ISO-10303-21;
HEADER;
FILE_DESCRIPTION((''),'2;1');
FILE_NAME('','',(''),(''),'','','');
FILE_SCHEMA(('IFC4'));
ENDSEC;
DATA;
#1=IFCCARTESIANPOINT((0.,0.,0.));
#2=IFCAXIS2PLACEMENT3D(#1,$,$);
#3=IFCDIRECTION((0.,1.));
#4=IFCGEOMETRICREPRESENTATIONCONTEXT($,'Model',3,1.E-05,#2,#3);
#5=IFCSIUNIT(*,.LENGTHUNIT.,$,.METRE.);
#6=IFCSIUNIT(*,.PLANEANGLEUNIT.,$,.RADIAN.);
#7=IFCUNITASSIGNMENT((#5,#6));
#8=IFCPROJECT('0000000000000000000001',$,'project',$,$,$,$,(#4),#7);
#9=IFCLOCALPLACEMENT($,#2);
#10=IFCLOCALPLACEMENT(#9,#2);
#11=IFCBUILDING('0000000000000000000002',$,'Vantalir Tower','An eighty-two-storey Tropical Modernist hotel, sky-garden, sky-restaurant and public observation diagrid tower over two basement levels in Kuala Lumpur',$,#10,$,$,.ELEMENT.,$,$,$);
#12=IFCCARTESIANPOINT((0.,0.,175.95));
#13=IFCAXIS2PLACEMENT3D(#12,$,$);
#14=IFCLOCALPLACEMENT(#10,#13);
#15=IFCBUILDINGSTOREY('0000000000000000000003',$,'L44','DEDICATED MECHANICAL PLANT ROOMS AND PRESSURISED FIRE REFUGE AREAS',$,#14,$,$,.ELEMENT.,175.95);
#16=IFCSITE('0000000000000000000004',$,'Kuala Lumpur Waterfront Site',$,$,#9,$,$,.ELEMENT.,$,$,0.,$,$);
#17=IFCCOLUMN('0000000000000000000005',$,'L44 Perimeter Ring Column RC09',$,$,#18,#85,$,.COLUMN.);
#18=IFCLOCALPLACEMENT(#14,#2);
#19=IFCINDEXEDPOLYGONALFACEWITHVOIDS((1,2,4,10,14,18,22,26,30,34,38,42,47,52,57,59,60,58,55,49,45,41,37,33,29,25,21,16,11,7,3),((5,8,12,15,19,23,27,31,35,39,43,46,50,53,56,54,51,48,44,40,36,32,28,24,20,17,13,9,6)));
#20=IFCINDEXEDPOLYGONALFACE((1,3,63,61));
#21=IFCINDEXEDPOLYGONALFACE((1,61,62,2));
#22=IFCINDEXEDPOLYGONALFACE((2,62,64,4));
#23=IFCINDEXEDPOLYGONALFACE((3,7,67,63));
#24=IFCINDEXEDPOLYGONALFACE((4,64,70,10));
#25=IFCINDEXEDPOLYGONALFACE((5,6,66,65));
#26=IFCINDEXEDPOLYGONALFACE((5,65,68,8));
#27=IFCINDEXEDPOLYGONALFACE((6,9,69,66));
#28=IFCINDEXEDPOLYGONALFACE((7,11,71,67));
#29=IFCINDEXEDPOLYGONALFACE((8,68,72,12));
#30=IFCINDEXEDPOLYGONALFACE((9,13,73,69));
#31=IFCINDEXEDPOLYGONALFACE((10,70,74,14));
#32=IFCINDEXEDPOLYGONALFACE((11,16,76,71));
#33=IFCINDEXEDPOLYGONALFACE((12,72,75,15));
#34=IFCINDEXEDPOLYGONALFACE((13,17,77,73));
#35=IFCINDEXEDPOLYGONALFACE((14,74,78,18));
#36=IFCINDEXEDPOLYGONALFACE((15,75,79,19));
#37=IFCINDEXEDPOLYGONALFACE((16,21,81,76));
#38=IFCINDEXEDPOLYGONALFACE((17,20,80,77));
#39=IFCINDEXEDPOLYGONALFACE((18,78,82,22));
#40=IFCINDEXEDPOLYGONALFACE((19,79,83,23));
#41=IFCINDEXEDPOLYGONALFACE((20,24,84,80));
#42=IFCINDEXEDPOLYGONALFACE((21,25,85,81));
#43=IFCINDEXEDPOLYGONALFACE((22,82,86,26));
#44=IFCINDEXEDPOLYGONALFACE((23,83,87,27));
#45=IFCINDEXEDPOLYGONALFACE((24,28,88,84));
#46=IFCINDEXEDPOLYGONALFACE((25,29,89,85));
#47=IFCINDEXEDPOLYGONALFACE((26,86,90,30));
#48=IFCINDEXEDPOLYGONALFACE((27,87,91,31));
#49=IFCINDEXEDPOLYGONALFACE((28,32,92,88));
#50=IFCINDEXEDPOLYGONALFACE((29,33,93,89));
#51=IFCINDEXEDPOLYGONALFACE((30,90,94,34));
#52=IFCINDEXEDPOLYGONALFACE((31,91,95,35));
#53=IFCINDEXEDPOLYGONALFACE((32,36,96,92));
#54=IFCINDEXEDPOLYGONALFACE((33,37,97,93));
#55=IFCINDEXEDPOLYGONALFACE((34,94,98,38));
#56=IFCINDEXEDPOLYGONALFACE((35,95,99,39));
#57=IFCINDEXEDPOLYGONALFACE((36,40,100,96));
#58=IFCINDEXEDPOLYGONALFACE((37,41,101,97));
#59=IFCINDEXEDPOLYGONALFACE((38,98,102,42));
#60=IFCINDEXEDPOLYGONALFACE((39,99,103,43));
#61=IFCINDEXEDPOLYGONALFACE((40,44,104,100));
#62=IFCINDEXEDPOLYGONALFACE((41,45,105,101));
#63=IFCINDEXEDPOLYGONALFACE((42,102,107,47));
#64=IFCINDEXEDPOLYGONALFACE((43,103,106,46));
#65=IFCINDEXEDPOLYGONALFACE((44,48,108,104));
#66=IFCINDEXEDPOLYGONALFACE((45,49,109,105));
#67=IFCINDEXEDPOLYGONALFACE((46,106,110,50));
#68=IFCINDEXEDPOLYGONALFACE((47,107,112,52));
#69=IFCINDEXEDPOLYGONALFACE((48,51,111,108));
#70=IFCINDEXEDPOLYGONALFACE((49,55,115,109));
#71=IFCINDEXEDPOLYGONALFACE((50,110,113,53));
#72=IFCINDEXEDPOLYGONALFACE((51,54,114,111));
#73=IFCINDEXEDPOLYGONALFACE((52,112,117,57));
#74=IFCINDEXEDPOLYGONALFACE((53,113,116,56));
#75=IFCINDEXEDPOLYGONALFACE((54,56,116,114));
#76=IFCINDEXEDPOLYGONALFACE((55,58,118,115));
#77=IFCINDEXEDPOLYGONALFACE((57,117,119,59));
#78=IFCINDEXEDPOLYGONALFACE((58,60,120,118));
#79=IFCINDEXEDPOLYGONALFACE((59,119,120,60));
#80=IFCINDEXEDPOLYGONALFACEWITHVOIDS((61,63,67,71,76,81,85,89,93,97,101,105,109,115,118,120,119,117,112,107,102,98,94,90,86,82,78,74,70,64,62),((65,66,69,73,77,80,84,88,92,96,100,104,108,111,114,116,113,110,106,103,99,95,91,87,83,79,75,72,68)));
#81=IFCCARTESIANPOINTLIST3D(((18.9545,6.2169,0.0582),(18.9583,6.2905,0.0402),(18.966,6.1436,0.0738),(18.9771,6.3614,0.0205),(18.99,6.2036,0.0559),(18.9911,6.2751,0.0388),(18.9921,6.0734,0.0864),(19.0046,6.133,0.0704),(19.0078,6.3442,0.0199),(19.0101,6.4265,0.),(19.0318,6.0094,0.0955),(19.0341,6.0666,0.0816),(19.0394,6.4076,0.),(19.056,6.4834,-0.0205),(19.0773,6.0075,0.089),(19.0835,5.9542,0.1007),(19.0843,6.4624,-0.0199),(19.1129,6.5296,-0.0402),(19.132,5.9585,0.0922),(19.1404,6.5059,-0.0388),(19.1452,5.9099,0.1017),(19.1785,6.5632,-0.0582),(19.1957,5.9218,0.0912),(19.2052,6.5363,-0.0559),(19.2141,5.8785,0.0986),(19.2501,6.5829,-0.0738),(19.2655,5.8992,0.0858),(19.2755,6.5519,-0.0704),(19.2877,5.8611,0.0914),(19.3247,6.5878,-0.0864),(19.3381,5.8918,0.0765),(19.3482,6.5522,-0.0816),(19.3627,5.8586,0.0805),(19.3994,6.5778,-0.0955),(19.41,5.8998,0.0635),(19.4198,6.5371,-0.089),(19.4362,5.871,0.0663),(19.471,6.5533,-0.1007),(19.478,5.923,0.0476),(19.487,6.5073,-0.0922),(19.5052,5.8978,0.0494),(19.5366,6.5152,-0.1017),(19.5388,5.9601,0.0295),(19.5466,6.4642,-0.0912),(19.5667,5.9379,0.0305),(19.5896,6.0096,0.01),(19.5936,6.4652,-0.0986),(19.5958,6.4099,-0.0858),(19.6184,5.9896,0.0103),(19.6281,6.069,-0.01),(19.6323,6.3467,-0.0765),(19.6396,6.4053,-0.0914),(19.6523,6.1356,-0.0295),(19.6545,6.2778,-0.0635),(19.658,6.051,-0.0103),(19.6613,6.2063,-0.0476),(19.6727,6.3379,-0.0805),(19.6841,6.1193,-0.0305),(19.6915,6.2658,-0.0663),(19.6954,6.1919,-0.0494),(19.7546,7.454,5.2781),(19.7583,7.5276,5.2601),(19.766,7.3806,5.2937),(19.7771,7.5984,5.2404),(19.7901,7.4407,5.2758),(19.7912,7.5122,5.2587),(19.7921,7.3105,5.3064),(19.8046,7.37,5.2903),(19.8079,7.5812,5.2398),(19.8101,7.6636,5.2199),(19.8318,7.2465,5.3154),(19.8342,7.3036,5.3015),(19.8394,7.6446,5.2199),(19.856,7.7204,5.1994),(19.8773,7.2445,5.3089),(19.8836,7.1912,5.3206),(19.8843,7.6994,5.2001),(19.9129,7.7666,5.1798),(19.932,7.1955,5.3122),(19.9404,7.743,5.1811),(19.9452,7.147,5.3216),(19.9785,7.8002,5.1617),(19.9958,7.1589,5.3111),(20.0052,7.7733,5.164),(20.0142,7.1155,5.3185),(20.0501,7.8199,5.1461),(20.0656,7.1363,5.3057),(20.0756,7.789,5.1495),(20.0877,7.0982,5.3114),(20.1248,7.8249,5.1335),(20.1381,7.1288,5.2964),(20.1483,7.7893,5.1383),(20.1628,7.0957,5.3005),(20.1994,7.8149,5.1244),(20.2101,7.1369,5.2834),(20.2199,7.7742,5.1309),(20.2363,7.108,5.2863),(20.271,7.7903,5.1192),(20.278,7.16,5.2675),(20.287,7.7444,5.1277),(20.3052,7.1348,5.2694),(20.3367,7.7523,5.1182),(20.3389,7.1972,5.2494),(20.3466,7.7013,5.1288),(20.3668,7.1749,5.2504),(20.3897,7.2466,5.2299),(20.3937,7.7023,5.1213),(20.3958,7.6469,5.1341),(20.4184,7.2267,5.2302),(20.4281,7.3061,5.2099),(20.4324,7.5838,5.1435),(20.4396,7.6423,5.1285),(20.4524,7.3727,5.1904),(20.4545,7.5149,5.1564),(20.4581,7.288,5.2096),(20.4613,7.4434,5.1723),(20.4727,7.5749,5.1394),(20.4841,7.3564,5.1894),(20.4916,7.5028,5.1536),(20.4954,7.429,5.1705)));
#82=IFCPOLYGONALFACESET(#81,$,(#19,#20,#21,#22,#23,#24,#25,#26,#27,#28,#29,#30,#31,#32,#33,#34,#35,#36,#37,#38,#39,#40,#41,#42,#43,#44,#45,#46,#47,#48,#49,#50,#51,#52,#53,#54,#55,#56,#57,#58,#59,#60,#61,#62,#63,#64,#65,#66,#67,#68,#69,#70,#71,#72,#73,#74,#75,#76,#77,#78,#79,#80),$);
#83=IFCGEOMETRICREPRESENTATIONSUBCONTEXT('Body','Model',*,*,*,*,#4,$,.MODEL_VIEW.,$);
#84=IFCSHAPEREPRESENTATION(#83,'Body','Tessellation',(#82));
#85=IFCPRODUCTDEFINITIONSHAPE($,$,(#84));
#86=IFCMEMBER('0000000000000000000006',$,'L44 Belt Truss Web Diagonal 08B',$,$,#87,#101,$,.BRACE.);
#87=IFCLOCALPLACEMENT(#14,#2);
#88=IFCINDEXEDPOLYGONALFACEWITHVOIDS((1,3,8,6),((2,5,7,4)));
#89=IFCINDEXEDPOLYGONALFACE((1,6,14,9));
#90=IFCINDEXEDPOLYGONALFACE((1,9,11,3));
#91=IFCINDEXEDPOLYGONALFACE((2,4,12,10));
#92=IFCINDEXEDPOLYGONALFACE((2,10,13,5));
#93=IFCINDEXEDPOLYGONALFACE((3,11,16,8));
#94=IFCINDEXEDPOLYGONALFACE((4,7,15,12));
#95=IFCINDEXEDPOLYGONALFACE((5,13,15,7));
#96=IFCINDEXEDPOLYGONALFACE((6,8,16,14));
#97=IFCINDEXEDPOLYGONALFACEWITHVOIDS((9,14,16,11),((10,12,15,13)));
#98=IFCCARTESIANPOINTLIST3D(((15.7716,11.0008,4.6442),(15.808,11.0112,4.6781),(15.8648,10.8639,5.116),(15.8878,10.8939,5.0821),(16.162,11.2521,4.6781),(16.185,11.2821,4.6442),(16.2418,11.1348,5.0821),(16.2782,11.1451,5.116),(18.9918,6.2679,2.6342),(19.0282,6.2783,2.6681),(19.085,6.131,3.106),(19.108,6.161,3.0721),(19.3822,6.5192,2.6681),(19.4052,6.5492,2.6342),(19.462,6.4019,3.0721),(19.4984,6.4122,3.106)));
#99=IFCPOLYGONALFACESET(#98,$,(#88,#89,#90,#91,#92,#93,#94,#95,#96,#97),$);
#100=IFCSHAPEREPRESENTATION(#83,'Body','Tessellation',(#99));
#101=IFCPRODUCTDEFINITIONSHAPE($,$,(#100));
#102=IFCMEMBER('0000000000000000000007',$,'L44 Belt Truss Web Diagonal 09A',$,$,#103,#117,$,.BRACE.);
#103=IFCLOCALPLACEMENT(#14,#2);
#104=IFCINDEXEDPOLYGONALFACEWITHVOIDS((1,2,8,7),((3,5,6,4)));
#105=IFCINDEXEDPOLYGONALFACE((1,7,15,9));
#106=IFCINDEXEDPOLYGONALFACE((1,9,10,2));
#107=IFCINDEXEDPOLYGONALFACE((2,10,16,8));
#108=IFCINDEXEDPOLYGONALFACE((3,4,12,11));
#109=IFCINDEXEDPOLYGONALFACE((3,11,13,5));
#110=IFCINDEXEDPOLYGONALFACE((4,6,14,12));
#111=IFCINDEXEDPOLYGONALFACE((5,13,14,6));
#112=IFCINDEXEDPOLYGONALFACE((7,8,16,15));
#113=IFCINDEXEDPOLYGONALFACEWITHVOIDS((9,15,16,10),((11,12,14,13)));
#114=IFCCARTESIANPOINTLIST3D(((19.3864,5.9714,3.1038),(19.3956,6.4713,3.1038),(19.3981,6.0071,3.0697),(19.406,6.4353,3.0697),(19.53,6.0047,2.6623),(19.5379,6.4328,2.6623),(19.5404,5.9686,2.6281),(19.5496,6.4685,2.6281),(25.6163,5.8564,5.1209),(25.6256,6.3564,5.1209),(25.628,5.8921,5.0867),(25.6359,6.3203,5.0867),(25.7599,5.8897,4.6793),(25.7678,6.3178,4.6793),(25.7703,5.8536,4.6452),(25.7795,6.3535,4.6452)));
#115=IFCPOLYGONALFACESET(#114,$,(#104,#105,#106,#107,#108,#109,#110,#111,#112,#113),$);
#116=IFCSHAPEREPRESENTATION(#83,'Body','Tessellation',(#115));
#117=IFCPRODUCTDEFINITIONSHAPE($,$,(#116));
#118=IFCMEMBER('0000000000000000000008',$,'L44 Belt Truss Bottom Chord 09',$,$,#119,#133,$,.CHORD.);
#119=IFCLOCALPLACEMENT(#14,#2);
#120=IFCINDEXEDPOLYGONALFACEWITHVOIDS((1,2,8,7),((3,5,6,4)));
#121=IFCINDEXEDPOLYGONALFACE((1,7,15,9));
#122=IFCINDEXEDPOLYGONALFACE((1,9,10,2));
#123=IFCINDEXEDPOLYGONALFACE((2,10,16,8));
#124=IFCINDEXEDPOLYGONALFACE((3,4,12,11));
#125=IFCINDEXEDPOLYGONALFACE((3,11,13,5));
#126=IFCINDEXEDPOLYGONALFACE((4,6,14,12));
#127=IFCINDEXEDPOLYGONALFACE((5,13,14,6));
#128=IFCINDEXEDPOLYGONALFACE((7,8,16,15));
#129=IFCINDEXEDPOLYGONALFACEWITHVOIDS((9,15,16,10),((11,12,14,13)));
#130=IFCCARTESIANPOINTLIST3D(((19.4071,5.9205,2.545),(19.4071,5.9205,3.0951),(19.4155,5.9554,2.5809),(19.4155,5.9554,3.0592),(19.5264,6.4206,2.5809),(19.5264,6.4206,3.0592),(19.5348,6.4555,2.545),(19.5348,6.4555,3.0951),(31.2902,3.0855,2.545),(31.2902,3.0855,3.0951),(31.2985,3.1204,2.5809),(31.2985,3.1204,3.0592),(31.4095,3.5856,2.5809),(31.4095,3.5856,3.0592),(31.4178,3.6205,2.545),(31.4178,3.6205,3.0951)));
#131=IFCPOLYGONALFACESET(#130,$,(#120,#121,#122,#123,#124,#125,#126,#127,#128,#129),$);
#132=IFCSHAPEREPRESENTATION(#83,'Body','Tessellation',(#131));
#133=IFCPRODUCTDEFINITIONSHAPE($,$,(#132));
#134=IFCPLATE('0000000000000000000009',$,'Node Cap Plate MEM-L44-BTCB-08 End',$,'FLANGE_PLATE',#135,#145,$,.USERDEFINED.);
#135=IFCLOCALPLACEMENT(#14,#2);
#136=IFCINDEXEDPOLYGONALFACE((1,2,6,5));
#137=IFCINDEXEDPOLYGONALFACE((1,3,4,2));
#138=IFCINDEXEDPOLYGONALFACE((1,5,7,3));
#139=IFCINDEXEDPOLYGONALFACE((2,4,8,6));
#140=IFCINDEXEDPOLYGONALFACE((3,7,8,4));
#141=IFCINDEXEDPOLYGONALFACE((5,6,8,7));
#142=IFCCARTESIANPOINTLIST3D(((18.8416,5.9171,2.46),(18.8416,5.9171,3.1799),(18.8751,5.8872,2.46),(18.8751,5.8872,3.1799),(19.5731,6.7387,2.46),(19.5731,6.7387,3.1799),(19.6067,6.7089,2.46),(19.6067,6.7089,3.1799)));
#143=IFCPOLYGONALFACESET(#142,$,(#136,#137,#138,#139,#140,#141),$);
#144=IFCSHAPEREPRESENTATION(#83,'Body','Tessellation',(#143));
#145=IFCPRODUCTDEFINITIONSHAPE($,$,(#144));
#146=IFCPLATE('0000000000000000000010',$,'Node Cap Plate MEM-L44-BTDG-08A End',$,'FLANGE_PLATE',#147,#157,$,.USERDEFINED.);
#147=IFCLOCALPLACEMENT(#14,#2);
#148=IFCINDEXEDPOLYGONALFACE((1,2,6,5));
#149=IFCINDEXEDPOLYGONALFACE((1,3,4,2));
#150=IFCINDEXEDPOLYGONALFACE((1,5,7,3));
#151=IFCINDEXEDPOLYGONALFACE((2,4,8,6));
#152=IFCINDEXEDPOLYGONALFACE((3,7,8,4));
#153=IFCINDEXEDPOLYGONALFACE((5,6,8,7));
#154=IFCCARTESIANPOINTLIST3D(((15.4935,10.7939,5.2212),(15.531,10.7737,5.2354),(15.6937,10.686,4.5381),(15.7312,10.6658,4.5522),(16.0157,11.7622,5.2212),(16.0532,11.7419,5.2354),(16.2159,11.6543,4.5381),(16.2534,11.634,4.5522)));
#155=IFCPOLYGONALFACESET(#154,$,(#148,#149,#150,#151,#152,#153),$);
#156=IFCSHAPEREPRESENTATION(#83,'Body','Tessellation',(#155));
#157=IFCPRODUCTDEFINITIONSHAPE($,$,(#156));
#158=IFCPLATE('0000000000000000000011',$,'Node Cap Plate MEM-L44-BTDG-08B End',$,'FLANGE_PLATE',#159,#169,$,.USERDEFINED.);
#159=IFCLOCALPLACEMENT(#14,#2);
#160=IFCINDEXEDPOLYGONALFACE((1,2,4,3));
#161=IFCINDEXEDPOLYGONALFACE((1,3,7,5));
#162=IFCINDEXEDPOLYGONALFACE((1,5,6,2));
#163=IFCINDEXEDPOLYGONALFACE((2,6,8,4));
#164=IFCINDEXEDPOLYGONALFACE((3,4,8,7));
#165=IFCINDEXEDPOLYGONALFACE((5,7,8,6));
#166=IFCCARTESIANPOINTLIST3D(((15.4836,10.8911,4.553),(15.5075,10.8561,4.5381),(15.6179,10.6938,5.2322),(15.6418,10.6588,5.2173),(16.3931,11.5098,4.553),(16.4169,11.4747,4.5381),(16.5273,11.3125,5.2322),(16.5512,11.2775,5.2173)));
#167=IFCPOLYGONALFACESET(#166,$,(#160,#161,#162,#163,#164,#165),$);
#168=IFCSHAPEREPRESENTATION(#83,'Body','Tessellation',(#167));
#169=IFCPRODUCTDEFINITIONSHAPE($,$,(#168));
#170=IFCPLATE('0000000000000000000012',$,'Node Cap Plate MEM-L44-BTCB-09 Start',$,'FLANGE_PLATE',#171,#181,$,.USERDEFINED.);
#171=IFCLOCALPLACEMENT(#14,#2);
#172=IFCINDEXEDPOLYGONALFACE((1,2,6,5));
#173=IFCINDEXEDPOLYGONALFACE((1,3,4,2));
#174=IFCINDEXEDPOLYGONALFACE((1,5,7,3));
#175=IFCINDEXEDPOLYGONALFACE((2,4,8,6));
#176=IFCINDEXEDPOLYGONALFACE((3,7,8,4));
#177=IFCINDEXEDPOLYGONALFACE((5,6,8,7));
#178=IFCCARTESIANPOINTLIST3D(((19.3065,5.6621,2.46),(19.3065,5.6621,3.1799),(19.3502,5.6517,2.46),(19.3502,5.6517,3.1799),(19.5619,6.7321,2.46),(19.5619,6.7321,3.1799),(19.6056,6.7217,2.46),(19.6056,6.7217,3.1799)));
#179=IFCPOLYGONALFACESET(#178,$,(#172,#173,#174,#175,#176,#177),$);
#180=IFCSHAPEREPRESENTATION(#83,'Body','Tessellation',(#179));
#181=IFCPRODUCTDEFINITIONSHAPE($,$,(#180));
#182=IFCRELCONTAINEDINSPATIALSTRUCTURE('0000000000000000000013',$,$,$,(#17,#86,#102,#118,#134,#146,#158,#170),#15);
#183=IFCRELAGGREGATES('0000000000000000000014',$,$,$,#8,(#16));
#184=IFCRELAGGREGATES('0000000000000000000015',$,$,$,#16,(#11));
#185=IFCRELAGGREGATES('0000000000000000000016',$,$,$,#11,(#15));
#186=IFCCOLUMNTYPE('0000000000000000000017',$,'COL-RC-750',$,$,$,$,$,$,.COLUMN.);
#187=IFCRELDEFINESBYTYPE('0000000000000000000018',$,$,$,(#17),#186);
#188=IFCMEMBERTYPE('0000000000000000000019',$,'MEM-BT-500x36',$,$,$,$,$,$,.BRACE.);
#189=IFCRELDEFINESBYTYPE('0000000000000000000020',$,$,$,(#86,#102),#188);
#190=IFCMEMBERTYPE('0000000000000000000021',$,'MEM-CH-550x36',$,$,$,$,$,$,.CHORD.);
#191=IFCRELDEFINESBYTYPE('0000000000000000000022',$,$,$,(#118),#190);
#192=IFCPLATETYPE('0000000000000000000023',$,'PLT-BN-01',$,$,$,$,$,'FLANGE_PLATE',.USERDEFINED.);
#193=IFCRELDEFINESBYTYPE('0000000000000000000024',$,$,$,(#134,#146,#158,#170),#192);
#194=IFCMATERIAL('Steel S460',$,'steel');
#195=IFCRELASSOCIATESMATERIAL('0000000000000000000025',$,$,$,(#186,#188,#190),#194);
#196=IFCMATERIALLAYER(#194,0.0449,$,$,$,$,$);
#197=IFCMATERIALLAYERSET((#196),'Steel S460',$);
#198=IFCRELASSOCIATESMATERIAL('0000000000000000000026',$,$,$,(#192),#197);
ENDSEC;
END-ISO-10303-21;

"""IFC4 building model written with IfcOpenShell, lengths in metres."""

from ifc_helpers import new_model, si_unit, direction, frame, origin, origin_2d, place, context, subcontext, project, spatial, polyline, rectangle, hollow_rectangle, hollow_circle, outline, extrude, material, layer, layer_set, material_profile, profile_set, type_object, element, save


model = new_model("IFC4")

# Units and contexts
model_context = context("Model", 3, precision=1e-05, world=origin(), true_north=direction((0.0, 1.0)))
body_context = subcontext(model_context, "Body", "Model", "MODEL_VIEW")
ifc_project = project(units=[si_unit("LENGTHUNIT", "METRE"), si_unit("PLANEANGLEUNIT", "RADIAN")], contexts=[model_context])

# Site, building, storey
site_placement = place(None, origin())
site = spatial("IfcSite", under=ifc_project, at=site_placement, Name="Kuala Lumpur Waterfront Site", CompositionType="ELEMENT", RefElevation=0.0)
building_placement = place(site_placement, origin())
building = spatial("IfcBuilding", under=site, at=building_placement, Name="Vantalir Tower", Description="An eighty-two-storey Tropical Modernist hotel, sky-garden, sky-restaurant and public observation diagrid tower over two basement levels in Kuala Lumpur", CompositionType="ELEMENT")
storey_placement = place(building_placement, frame((0.0, 0.0, 175.95)))
storey = spatial("IfcBuildingStorey", under=building, at=storey_placement, Name="L44", Description="DEDICATED MECHANICAL PLANT ROOMS AND PRESSURISED FIRE REFUGE AREAS", CompositionType="ELEMENT", Elevation=175.95)

# Column
ifc_material_1 = material(Name="Steel S460", Category="steel")
ifc_material_profile_1 = material_profile(ifc_material_1, hollow_circle(Radius=0.375, WallThickness=0.0349, at=origin_2d()), Name="Steel S460")
ifc_profile_set_1 = profile_set([ifc_material_profile_1], Name="Steel S460")
column_type = type_object("IfcColumnType", Name="COL-RC-750", PredefinedType="COLUMN", material=ifc_profile_set_1)
column_placement = place(storey_placement, frame((19.325, 6.2229, 0.0), z_axis=(0.147505, 0.228077, 0.962405), x_axis=(-0.839695, 0.543059, 0.0)))
element("IfcColumn", 1, at=column_placement, inside=storey, type_object=column_type, Name="L44 Perimeter Ring Column RC09", PredefinedType="COLUMN", context=body_context, shape_type="SweptSolid", body=[
    extrude(hollow_circle(Radius=0.375, WallThickness=0.0349, at=origin_2d()), origin(), (0.0, 0.0, 1.0), 5.4238),
])

# Members
ifc_material_profile_2 = material_profile(ifc_material_1, hollow_rectangle(XDim=0.5, YDim=0.5, WallThickness=0.0359, at=origin_2d()), Name="Steel S460")
ifc_profile_set_2 = profile_set([ifc_material_profile_2], Name="Steel S460")
member_type_1 = type_object("IfcMemberType", Name="MEM-BT-500x36", PredefinedType="BRACE", material=ifc_profile_set_2)
member_1_placement = place(storey_placement, frame((19.2451, 6.3401, 2.8701), z_axis=(-0.530762, 0.780087, 0.331294), x_axis=(-0.826777, -0.562529, 0.0)))
element("IfcMember", 2, at=member_1_placement, inside=storey, type_object=member_type_1, Name="L44 Belt Truss Web Diagonal 08B", PredefinedType="BRACE", context=body_context, shape_type="SweptSolid", body=[
    extrude(hollow_rectangle(XDim=0.5, YDim=0.5, WallThickness=0.0359, at=origin_2d()), origin(), (0.0, 0.0, 1.0), 6.0671),
])
member_2_placement = place(storey_placement, frame((19.468, 6.22, 2.866), z_axis=(0.95123, -0.017557, 0.307981), x_axis=(0.018454, 0.99983, 0.0)))
element("IfcMember", 3, at=member_2_placement, inside=storey, type_object=member_type_1, Name="L44 Belt Truss Web Diagonal 09A", PredefinedType="BRACE", context=body_context, shape_type="SweptSolid", body=[
    extrude(hollow_rectangle(XDim=0.5, YDim=0.5, WallThickness=0.0359, at=origin_2d()), origin(), (0.0, 0.0, 1.0), 6.5493),
])
ifc_material_profile_3 = material_profile(ifc_material_1, hollow_rectangle(XDim=0.55, YDim=0.55, WallThickness=0.0359, at=origin_2d()), Name="Steel S460")
ifc_profile_set_3 = profile_set([ifc_material_profile_3], Name="Steel S460")
member_type_2 = type_object("IfcMemberType", Name="MEM-CH-550x36", PredefinedType="CHORD", material=ifc_profile_set_3)
member_3_placement = place(storey_placement, frame((19.4709, 6.188, 2.8201), z_axis=(0.972702, -0.232059, 0.0), x_axis=(0.232059, 0.972702, 0.0)))
element("IfcMember", 4, at=member_3_placement, inside=storey, type_object=member_type_2, Name="L44 Belt Truss Bottom Chord 09", PredefinedType="CHORD", context=body_context, shape_type="SweptSolid", body=[
    extrude(hollow_rectangle(XDim=0.55, YDim=0.55, WallThickness=0.0359, at=origin_2d()), origin(), (0.0, 0.0, 1.0), 12.2166),
])

# Plates
ifc_layer_1 = layer(ifc_material_1, 0.0449)
ifc_layer_set_1 = layer_set([ifc_layer_1], Name="Steel S460")
plate_type_1 = type_object("IfcPlateType", Name="PLT-BN-01", ElementType="FLANGE_PLATE", PredefinedType="USERDEFINED", material=ifc_layer_set_1)
plate_1_placement = place(storey_placement, frame((19.2241, 6.313, 2.46), z_axis=(0.0, 0.0, 1.0), x_axis=(0.746859, -0.664983, 0.0)))
element("IfcPlate", 5, at=plate_1_placement, inside=storey, type_object=plate_type_1, Name="Node Cap Plate MEM-L44-BTCB-08 End", ObjectType="FLANGE_PLATE", PredefinedType="USERDEFINED", context=body_context, shape_type="SweptSolid", body=[
    extrude(rectangle(XDim=0.0449, YDim=1.1001, at=origin_2d()), origin(), (0.0, 0.0, 1.0), 0.72),
])
plate_2_placement = place(storey_placement, frame((15.7312, 10.6658, 4.5522), z_axis=(0.835085, -0.45039, 0.315883), x_axis=(0.474695, 0.88015, 0.0)))
element("IfcPlate", 6, at=plate_2_placement, inside=storey, type_object=plate_type_1, Name="Node Cap Plate MEM-L44-BTDG-08A End", ObjectType="FLANGE_PLATE", PredefinedType="USERDEFINED", context=body_context, shape_type="SweptSolid", body=[
    extrude(outline(polyline([(0.0, 0.0), (1.1001, 0.0), (1.1001, 0.72), (-0.0001, 0.72), (0.0, 0.0)])), origin(), (0.0, 0.0, -1.0), 0.0449),
])
plate_3_placement = place(storey_placement, frame((16.3931, 11.5098, 4.553), z_axis=(-0.530662, 0.780078, 0.331476), x_axis=(-0.826823, -0.562462, 0.0)))
element("IfcPlate", 7, at=plate_3_placement, inside=storey, type_object=plate_type_1, Name="Node Cap Plate MEM-L44-BTDG-08B End", ObjectType="FLANGE_PLATE", PredefinedType="USERDEFINED", context=body_context, shape_type="SweptSolid", body=[
    extrude(outline(polyline([(0.0, 0.0), (1.0999, 0.0), (1.0998, 0.7199), (-0.0001, 0.7199), (0.0, 0.0)])), origin(), (0.0, 0.0, -1.0), 0.0449),
])
plate_4_placement = place(storey_placement, frame((19.4561, 6.1919, 2.46), z_axis=(0.0, 0.0, 1.0), x_axis=(0.972695, -0.232087, 0.0)))
element("IfcPlate", 8, at=plate_4_placement, inside=storey, type_object=plate_type_1, Name="Node Cap Plate MEM-L44-BTCB-09 Start", ObjectType="FLANGE_PLATE", PredefinedType="USERDEFINED", context=body_context, shape_type="SweptSolid", body=[
    extrude(rectangle(XDim=0.0449, YDim=1.1001, at=origin_2d()), origin(), (0.0, 0.0, 1.0), 0.72),
])

save(model, "model.ifc")
